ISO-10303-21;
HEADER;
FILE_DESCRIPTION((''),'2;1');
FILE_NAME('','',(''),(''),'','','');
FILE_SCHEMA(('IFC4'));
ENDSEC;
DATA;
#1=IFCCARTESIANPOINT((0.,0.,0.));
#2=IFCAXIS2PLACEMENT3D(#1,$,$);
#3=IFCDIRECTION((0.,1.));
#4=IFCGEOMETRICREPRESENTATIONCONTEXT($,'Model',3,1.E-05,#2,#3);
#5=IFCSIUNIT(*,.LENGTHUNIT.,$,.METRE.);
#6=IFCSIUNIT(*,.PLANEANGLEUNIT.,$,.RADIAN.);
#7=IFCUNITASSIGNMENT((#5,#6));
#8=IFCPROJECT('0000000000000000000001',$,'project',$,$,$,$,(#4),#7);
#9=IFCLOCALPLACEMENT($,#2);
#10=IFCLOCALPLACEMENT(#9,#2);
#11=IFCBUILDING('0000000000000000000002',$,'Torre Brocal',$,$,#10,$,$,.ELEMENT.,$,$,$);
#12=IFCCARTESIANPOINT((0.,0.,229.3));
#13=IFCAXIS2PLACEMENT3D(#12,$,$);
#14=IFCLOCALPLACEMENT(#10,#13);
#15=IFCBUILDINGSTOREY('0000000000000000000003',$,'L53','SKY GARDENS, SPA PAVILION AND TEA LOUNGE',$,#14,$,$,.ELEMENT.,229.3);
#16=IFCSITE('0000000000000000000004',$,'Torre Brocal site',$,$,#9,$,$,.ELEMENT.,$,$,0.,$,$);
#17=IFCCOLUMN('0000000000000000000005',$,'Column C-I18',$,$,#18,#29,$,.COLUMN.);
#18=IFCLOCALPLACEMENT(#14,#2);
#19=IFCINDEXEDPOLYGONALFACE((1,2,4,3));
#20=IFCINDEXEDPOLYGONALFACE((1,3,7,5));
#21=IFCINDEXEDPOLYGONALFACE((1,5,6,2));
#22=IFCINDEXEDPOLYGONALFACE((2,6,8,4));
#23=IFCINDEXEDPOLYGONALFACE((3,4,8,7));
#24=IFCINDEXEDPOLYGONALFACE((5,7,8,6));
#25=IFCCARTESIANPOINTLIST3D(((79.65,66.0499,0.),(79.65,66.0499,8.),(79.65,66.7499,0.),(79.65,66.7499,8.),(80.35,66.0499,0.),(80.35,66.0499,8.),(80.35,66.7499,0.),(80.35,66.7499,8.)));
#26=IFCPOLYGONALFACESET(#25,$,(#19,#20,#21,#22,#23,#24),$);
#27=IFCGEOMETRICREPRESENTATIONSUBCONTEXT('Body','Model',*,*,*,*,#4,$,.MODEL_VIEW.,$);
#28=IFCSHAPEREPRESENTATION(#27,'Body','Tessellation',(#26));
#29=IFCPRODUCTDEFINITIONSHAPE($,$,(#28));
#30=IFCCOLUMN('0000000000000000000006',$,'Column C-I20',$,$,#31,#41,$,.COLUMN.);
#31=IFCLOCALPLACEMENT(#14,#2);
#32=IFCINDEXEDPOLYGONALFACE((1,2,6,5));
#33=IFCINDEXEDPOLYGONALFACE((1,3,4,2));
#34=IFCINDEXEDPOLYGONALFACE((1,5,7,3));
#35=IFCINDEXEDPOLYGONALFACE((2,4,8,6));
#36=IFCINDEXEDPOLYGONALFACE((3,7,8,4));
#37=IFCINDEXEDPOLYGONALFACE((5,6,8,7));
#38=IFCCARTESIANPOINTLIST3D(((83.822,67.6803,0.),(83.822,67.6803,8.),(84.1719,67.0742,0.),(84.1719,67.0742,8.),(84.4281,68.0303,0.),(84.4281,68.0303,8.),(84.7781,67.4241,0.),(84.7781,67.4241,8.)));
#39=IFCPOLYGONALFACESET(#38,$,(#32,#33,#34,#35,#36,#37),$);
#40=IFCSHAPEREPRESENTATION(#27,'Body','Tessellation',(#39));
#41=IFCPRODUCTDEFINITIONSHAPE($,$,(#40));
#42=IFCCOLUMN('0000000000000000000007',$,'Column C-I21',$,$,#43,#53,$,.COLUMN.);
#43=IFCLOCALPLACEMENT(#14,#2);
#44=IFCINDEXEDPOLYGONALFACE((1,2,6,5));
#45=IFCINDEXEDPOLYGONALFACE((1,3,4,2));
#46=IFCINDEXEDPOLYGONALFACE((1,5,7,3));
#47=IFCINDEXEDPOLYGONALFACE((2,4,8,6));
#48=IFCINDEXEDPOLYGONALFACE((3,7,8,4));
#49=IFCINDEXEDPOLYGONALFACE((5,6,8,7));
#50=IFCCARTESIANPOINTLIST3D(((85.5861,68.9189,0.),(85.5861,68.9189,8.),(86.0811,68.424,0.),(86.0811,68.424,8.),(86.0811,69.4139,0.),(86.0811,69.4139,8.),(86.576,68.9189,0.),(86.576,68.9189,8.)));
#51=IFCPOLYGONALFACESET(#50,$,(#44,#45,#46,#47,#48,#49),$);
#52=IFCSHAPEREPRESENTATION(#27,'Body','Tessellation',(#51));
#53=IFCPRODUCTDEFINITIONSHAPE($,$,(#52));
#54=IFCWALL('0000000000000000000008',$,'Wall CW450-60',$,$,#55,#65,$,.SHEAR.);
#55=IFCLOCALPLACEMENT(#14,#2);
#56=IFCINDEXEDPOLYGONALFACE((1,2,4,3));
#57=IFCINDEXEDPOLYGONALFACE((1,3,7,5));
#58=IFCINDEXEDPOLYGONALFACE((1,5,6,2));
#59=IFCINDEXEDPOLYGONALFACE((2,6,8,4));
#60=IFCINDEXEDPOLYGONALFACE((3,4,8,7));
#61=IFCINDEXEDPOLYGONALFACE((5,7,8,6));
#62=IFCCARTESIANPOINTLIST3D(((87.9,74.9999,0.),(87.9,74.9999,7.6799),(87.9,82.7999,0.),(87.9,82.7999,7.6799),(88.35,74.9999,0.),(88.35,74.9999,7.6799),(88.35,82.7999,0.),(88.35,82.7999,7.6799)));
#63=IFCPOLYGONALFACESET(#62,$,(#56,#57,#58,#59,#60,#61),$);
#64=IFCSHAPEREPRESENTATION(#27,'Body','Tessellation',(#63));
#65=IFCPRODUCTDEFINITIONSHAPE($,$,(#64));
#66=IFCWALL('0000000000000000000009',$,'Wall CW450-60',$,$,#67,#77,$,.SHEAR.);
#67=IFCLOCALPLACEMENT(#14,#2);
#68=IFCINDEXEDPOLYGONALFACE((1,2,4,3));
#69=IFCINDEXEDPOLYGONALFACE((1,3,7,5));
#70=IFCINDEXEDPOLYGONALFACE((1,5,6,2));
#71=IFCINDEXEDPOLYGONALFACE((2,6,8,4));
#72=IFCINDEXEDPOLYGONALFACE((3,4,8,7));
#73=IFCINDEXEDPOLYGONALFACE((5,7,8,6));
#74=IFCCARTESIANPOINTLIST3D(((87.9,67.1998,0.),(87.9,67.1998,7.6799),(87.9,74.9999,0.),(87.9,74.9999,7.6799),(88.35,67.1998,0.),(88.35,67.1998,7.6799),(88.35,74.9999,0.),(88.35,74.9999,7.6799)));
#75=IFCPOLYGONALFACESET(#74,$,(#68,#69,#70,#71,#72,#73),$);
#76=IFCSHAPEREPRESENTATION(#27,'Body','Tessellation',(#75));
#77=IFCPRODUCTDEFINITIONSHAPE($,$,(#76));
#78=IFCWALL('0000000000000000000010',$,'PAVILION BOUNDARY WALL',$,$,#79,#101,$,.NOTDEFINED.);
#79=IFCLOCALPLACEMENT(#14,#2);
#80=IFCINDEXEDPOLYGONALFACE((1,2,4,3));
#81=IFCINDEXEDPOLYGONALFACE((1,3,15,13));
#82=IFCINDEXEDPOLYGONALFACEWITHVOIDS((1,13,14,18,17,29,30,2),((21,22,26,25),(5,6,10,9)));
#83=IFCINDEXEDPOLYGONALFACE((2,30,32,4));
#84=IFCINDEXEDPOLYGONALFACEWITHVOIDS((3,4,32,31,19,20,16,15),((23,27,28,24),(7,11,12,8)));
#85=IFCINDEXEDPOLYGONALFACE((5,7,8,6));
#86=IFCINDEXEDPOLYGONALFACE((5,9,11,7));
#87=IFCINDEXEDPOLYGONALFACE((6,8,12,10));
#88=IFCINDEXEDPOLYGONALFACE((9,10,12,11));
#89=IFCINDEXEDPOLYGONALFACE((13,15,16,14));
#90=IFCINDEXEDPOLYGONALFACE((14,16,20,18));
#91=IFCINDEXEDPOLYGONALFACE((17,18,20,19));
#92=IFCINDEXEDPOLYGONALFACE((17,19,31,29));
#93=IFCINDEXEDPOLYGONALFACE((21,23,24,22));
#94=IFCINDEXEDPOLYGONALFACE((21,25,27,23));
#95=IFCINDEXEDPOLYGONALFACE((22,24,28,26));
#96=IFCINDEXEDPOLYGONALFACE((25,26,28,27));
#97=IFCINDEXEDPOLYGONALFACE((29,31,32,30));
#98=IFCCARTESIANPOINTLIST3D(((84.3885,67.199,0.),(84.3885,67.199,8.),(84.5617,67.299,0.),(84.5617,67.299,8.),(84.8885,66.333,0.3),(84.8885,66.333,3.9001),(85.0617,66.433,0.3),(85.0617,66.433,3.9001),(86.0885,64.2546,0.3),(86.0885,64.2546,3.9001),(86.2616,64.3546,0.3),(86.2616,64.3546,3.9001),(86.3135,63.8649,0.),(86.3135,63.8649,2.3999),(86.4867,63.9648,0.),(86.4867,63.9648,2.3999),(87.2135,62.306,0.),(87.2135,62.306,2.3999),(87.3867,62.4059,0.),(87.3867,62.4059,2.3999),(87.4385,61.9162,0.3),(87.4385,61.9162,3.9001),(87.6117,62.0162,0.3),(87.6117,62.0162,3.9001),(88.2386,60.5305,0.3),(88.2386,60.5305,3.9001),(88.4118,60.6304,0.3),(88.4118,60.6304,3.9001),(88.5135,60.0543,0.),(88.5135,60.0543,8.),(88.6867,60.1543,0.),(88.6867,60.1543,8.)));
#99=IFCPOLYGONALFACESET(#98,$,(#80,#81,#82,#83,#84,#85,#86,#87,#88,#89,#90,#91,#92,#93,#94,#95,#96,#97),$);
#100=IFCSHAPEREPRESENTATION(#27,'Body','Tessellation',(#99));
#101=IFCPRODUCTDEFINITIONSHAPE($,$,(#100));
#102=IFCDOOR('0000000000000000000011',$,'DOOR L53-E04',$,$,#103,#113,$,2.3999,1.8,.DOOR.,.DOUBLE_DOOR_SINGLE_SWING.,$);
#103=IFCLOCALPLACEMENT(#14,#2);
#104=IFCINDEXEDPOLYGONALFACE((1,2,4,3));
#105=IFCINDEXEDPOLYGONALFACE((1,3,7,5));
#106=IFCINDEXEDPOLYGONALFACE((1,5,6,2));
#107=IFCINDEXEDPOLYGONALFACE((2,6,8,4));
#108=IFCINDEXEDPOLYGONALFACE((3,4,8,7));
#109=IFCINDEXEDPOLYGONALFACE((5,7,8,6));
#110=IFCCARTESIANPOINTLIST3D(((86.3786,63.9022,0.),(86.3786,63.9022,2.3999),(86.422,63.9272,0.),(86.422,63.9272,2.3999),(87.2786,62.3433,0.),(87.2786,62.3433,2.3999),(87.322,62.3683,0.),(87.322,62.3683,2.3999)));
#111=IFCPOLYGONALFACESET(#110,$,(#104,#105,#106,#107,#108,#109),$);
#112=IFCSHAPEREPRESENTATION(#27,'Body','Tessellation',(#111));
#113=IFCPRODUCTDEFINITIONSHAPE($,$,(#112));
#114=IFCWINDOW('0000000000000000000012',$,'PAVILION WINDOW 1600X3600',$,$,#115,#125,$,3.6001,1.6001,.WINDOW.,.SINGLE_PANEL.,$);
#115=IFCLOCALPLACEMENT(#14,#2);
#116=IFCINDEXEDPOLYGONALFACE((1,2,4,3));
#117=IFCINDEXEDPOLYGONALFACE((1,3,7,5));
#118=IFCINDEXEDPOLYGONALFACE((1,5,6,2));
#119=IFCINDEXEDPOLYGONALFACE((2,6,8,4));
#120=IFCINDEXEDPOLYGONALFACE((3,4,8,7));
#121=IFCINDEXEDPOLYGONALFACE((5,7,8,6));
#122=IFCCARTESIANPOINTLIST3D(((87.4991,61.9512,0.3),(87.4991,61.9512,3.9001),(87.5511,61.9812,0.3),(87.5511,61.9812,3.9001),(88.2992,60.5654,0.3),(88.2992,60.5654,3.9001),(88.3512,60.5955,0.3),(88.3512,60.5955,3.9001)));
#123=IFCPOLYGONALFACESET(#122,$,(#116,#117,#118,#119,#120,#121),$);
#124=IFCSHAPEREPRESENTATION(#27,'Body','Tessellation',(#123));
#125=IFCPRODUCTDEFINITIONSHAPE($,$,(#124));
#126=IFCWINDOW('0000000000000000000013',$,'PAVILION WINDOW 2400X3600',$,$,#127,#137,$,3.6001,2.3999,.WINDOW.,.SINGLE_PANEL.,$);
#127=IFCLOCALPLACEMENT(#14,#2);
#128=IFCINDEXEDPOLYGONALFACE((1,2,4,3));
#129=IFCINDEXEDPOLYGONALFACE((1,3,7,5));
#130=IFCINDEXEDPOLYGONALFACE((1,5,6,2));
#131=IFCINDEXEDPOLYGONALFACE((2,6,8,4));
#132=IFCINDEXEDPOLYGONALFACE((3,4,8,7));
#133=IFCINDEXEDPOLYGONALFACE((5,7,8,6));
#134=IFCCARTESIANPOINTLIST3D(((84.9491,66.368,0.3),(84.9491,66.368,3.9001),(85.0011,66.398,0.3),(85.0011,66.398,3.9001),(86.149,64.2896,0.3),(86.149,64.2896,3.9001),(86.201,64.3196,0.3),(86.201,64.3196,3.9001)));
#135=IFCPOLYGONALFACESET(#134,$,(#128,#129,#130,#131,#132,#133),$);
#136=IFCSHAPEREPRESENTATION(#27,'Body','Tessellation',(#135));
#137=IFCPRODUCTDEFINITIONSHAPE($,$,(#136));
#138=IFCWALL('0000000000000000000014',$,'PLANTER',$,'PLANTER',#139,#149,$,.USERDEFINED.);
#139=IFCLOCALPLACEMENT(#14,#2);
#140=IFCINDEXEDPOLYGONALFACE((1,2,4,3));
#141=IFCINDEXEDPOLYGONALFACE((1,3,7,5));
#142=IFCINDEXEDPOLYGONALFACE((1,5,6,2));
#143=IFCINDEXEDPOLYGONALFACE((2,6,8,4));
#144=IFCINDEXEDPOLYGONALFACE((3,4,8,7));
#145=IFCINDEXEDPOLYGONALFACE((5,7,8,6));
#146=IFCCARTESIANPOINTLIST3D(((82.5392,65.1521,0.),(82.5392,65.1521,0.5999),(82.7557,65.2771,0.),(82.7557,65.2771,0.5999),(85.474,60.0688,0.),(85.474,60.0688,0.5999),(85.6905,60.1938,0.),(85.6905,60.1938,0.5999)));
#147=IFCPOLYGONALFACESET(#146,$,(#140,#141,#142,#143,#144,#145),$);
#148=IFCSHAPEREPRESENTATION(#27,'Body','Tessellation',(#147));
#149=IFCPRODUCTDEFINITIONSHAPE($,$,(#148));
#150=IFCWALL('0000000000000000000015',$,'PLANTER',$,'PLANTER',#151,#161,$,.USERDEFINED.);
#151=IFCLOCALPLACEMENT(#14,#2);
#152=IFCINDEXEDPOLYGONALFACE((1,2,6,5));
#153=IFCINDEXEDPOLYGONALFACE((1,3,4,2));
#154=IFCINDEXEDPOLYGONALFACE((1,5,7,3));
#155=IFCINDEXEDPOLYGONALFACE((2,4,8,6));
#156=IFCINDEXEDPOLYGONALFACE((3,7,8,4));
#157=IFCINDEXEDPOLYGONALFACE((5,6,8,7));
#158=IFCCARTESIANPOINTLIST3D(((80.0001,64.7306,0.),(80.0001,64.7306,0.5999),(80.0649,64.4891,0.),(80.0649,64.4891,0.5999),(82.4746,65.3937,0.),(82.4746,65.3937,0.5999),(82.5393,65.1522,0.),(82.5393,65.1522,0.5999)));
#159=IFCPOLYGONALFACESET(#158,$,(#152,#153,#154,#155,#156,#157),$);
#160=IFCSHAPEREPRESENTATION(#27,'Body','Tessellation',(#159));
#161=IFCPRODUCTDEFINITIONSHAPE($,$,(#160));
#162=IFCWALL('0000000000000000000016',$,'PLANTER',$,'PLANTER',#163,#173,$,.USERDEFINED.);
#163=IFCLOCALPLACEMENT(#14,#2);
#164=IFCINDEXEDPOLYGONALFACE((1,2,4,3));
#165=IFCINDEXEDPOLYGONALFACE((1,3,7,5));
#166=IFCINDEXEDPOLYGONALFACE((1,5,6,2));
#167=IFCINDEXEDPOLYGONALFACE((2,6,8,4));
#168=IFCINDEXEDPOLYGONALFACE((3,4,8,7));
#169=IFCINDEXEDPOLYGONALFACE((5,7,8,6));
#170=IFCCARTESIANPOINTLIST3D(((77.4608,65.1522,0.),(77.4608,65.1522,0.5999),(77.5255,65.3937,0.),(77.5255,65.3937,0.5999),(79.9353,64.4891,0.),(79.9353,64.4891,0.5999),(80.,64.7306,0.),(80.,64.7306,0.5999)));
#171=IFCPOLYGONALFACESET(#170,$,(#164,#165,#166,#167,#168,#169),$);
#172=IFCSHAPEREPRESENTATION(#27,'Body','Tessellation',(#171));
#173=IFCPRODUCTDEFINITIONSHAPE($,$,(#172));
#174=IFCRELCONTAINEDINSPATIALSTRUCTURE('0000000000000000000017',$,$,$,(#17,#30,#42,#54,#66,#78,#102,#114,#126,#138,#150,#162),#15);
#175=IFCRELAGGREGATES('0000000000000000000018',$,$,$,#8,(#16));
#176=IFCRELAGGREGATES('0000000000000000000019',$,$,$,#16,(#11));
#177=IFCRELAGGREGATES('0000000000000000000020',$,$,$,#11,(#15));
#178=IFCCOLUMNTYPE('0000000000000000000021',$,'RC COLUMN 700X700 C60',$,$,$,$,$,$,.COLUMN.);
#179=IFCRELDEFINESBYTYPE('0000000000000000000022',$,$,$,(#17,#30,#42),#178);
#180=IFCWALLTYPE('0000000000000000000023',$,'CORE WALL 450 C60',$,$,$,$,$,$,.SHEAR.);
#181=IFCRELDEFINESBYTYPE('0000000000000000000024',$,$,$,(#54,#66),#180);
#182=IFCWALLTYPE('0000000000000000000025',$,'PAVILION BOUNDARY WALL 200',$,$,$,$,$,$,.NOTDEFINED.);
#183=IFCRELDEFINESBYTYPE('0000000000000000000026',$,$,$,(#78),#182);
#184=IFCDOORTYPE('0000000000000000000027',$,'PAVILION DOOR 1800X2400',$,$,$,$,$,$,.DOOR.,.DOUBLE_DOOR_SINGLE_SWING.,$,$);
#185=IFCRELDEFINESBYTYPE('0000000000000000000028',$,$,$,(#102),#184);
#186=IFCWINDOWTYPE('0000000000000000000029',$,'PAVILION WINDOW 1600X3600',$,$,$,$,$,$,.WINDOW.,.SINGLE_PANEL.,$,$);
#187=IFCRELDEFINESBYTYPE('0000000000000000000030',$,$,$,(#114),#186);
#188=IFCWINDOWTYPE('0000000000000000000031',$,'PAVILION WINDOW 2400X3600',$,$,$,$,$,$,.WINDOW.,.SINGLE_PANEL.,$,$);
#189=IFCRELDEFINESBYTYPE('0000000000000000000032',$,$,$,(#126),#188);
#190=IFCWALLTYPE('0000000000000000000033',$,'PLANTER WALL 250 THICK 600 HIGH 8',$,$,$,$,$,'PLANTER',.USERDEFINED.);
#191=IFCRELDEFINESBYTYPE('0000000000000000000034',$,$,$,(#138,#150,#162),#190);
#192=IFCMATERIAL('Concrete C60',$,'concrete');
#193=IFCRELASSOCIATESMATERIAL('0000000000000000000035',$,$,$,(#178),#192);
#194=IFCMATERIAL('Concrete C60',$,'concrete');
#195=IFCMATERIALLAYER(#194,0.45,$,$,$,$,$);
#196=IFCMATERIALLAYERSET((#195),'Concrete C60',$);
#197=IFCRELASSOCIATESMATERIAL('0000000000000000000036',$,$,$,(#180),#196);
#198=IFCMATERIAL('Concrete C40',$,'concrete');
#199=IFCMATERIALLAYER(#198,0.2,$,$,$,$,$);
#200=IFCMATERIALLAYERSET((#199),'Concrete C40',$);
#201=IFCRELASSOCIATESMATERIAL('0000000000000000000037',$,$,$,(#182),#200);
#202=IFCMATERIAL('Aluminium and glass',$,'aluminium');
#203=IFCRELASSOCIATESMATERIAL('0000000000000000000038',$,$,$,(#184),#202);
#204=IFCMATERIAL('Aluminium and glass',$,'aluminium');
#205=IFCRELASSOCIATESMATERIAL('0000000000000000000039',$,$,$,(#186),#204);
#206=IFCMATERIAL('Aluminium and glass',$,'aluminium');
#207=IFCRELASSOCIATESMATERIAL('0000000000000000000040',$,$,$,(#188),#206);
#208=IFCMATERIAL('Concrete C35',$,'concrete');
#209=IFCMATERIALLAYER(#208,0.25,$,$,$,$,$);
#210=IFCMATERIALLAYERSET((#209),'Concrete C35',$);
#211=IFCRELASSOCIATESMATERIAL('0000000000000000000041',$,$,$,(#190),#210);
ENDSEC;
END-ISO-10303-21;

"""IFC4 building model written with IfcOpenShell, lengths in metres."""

from ifc_helpers import new_model, si_unit, direction, frame, frame_2d, origin, origin_2d, place, context, subcontext, project, spatial, rectangle, extrude, material, layer, layer_set, material_profile, profile_set, type_object, element, fill, save


model = new_model("IFC4")

# Units and contexts
model_context = context("Model", 3, precision=1e-05, world=origin(), true_north=direction((0.0, 1.0)))
body_context = subcontext(model_context, "Body", "Model", "MODEL_VIEW")
ifc_project = project(units=[si_unit("LENGTHUNIT", "METRE"), si_unit("PLANEANGLEUNIT", "RADIAN")], contexts=[model_context])

# Site, building, storey
site_placement = place(None, origin())
site = spatial("IfcSite", under=ifc_project, at=site_placement, Name="Torre Brocal site", CompositionType="ELEMENT", RefElevation=0.0)
building_placement = place(site_placement, origin())
building = spatial("IfcBuilding", under=site, at=building_placement, Name="Torre Brocal", CompositionType="ELEMENT")
storey_placement = place(building_placement, frame((0.0, 0.0, 229.3)))
storey = spatial("IfcBuildingStorey", under=building, at=storey_placement, Name="L53", Description="SKY GARDENS, SPA PAVILION AND TEA LOUNGE", CompositionType="ELEMENT", Elevation=229.3)

# Columns
ifc_material_1 = material(Name="Concrete C60", Category="concrete")
ifc_material_profile = material_profile(ifc_material_1, rectangle(XDim=0.7, YDim=0.7, at=origin_2d()), Name="RC 700X700")
ifc_profile_set = profile_set([ifc_material_profile], Name="Concrete C60")
column_type = type_object("IfcColumnType", Name="RC COLUMN 700X700 C60", PredefinedType="COLUMN", material=ifc_profile_set)
for number, where, z_axis, x_axis, name in (
    (1, (80.0, 66.3999, 0.0), (0.0, 0.0, 1.0), (0.0, -1.0, 0.0), "Column C-I18"),
    (2, (84.3, 67.5522, 0.0), (0.0, 0.0, 1.0), (0.5, -0.866025, 0.0), "Column C-I20"),
    (3, (86.0811, 68.9189, 0.0), (0.0, 0.0, 1.0), (0.707107, -0.707107, 0.0), "Column C-I21"),
):
    element("IfcColumn", number, at=place(storey_placement, frame(where, z_axis=z_axis, x_axis=x_axis)), inside=storey, type_object=column_type, Name=name, PredefinedType="COLUMN", context=body_context, shape_type="SweptSolid", body=[
        extrude(rectangle(XDim=0.7, YDim=0.7, at=origin_2d()), origin(), (0.0, 0.0, 1.0), 8.0),
    ])

# Walls
ifc_material_2 = material(Name="Concrete C60", Category="concrete")
ifc_layer_1 = layer(ifc_material_2, 0.45)
ifc_layer_set_1 = layer_set([ifc_layer_1], Name="Concrete C60")
wall_type_1 = type_object("IfcWallType", Name="CORE WALL 450 C60", PredefinedType="SHEAR", material=ifc_layer_set_1)
for number, where, z_axis, x_axis, name in (
    (4, (88.125, 75.0, 0.0), (0.0, 0.0, 1.0), (0.0, 1.0, 0.0), "Wall CW450-60"),
    (5, (88.125, 67.2, 0.0), (0.0, 0.0, 1.0), (0.0, 1.0, 0.0), "Wall CW450-60"),
):
    element("IfcWall", number, at=place(storey_placement, frame(where, z_axis=z_axis, x_axis=x_axis)), inside=storey, type_object=wall_type_1, Name=name, PredefinedType="SHEAR", context=body_context, shape_type="SweptSolid", body=[
        extrude(rectangle(XDim=7.8, YDim=0.45, at=frame_2d((3.8999, 0.0))), origin(), (0.0, 0.0, 1.0), 7.6799),
    ])

# Wall, openings, door, windows
ifc_material_3 = material(Name="Concrete C40", Category="concrete")
ifc_layer_2 = layer(ifc_material_3, 0.2)
ifc_layer_set_2 = layer_set([ifc_layer_2], Name="Concrete C40")
wall_type_2 = type_object("IfcWallType", Name="PAVILION BOUNDARY WALL 200", PredefinedType="NOTDEFINED", material=ifc_layer_set_2)
wall_1_placement = place(storey_placement, frame((84.4751, 67.249, 0.0), z_axis=(0.0, 0.0, 1.0), x_axis=(0.499997, -0.866027, 0.0)))
wall_1 = element("IfcWall", 6, at=wall_1_placement, inside=storey, type_object=wall_type_2, Name="PAVILION BOUNDARY WALL", PredefinedType="NOTDEFINED", context=body_context, shape_type="SweptSolid", body=[
    extrude(rectangle(XDim=8.25, YDim=0.2, at=frame_2d((4.125, 0.0))), origin(), (0.0, 0.0, 1.0), 8.0),
])
opening_1_placement = place(wall_1_placement, frame((1.0, 0.0, 0.3)))
opening_1 = element("IfcOpeningElement", 7, at=opening_1_placement, cuts=wall_1, PredefinedType="OPENING", context=body_context, shape_type="SweptSolid", body=[
    extrude(rectangle(XDim=2.3999, YDim=3.6001, at=frame_2d((1.2, 1.8))), frame((0.0, 0.1099, 0.0), z_axis=(0.0, -1.0, 0.0), x_axis=(1.0, 0.0, 0.0)), (0.0, 0.0, 1.0), 0.22),
])
opening_2_placement = place(wall_1_placement, frame((3.8501, 0.0, 0.0)))
opening_2 = element("IfcOpeningElement", 8, at=opening_2_placement, cuts=wall_1, PredefinedType="OPENING", context=body_context, shape_type="SweptSolid", body=[
    extrude(rectangle(XDim=1.8, YDim=2.3999, at=frame_2d((0.8999, 1.2))), frame((0.0, 0.1099, 0.0), z_axis=(0.0, -1.0, 0.0), x_axis=(1.0, 0.0, 0.0)), (0.0, 0.0, 1.0), 0.22),
])
opening_3_placement = place(wall_1_placement, frame((6.1001, 0.0, 0.3)))
opening_3 = element("IfcOpeningElement", 9, at=opening_3_placement, cuts=wall_1, PredefinedType="OPENING", context=body_context, shape_type="SweptSolid", body=[
    extrude(rectangle(XDim=1.6001, YDim=3.6001, at=frame_2d((0.8, 1.8))), frame((0.0, 0.1099, 0.0), z_axis=(0.0, -1.0, 0.0), x_axis=(1.0, 0.0, 0.0)), (0.0, 0.0, 1.0), 0.22),
])
ifc_material_4 = material(Name="Aluminium and glass", Category="aluminium")
door_type_1 = type_object("IfcDoorType", Name="PAVILION DOOR 1800X2400", OperationType="DOUBLE_DOOR_SINGLE_SWING", PredefinedType="DOOR", material=ifc_material_4)
door_1_placement = place(opening_2_placement, frame((1.8, 0.0, 0.0), z_axis=(0.0, 0.0, 1.0), x_axis=(-1.0, 0.0, 0.0)))
door_1 = element("IfcDoor", 10, at=door_1_placement, inside=storey, type_object=door_type_1, Name="DOOR L53-E04", OperationType="DOUBLE_DOOR_SINGLE_SWING", OverallHeight=2.3999, OverallWidth=1.8, PredefinedType="DOOR", context=body_context, shape_type="SweptSolid", body=[
    extrude(rectangle(XDim=1.8, YDim=2.3999, at=frame_2d((0.8999, 1.2))), frame((0.0, 0.0249, 0.0), z_axis=(0.0, -1.0, 0.0), x_axis=(1.0, 0.0, 0.0)), (0.0, 0.0, 1.0), 0.05),
])
fill(opening_2, door_1)
ifc_material_5 = material(Name="Aluminium and glass", Category="aluminium")
window_type_1 = type_object("IfcWindowType", Name="PAVILION WINDOW 1600X3600", PartitioningType="SINGLE_PANEL", PredefinedType="WINDOW", material=ifc_material_5)
window_1_placement = place(opening_3_placement, origin())
window_1 = element("IfcWindow", 11, at=window_1_placement, inside=storey, type_object=window_type_1, Name="PAVILION WINDOW 1600X3600", OverallHeight=3.6001, OverallWidth=1.6001, PartitioningType="SINGLE_PANEL", PredefinedType="WINDOW", context=body_context, shape_type="SweptSolid", body=[
    extrude(rectangle(XDim=1.6001, YDim=3.6001, at=frame_2d((0.8, 1.8))), frame((0.0, 0.03, 0.0), z_axis=(0.0, -1.0, 0.0), x_axis=(1.0, 0.0, 0.0)), (0.0, 0.0, 1.0), 0.0601),
])
fill(opening_3, window_1)
ifc_material_6 = material(Name="Aluminium and glass", Category="aluminium")
window_type_2 = type_object("IfcWindowType", Name="PAVILION WINDOW 2400X3600", PartitioningType="SINGLE_PANEL", PredefinedType="WINDOW", material=ifc_material_6)
window_2_placement = place(opening_1_placement, origin())
window_2 = element("IfcWindow", 12, at=window_2_placement, inside=storey, type_object=window_type_2, Name="PAVILION WINDOW 2400X3600", OverallHeight=3.6001, OverallWidth=2.3999, PartitioningType="SINGLE_PANEL", PredefinedType="WINDOW", context=body_context, shape_type="SweptSolid", body=[
    extrude(rectangle(XDim=2.3999, YDim=3.6001, at=frame_2d((1.2, 1.8))), frame((0.0, 0.03, 0.0), z_axis=(0.0, -1.0, 0.0), x_axis=(1.0, 0.0, 0.0)), (0.0, 0.0, 1.0), 0.0601),
])
fill(opening_1, window_2)

# Walls
ifc_material_7 = material(Name="Concrete C35", Category="concrete")
ifc_layer_3 = layer(ifc_material_7, 0.25)
ifc_layer_set_3 = layer_set([ifc_layer_3], Name="Concrete C35")
wall_type_3 = type_object("IfcWallType", Name="PLANTER WALL 250 THICK 600 HIGH 8", ElementType="PLANTER", PredefinedType="USERDEFINED", material=ifc_layer_set_3)
wall_2_placement = place(storey_placement, frame((85.5823, 60.1313, 0.0), z_axis=(0.0, 0.0, 1.0), x_axis=(-0.5, 0.866026, 0.0)))
element("IfcWall", 13, at=wall_2_placement, inside=storey, type_object=wall_type_3, Name="PLANTER", ObjectType="PLANTER", PredefinedType="USERDEFINED", context=body_context, shape_type="SweptSolid", body=[
    extrude(rectangle(XDim=5.8696, YDim=0.25, at=frame_2d((2.9348, 0.0))), origin(), (0.0, 0.0, 1.0), 0.5999),
])
for number, where, z_axis, x_axis, name in (
    (14, (82.5068, 65.2729, 0.0), (0.0, 0.0, 1.0), (-0.965918, -0.258849, 0.0), "PLANTER"),
    (15, (79.9675, 64.6099, 0.0), (0.0, 0.0, 1.0), (-0.965918, 0.258849, 0.0), "PLANTER"),
):
    element("IfcWall", number, at=place(storey_placement, frame(where, z_axis=z_axis, x_axis=x_axis)), inside=storey, type_object=wall_type_3, Name=name, ObjectType="PLANTER", PredefinedType="USERDEFINED", context=body_context, shape_type="SweptSolid", body=[
        extrude(rectangle(XDim=2.5618, YDim=0.25, at=frame_2d((1.2808, 0.0))), origin(), (0.0, 0.0, 1.0), 0.5999),
    ])

save(model, "model.ifc")
